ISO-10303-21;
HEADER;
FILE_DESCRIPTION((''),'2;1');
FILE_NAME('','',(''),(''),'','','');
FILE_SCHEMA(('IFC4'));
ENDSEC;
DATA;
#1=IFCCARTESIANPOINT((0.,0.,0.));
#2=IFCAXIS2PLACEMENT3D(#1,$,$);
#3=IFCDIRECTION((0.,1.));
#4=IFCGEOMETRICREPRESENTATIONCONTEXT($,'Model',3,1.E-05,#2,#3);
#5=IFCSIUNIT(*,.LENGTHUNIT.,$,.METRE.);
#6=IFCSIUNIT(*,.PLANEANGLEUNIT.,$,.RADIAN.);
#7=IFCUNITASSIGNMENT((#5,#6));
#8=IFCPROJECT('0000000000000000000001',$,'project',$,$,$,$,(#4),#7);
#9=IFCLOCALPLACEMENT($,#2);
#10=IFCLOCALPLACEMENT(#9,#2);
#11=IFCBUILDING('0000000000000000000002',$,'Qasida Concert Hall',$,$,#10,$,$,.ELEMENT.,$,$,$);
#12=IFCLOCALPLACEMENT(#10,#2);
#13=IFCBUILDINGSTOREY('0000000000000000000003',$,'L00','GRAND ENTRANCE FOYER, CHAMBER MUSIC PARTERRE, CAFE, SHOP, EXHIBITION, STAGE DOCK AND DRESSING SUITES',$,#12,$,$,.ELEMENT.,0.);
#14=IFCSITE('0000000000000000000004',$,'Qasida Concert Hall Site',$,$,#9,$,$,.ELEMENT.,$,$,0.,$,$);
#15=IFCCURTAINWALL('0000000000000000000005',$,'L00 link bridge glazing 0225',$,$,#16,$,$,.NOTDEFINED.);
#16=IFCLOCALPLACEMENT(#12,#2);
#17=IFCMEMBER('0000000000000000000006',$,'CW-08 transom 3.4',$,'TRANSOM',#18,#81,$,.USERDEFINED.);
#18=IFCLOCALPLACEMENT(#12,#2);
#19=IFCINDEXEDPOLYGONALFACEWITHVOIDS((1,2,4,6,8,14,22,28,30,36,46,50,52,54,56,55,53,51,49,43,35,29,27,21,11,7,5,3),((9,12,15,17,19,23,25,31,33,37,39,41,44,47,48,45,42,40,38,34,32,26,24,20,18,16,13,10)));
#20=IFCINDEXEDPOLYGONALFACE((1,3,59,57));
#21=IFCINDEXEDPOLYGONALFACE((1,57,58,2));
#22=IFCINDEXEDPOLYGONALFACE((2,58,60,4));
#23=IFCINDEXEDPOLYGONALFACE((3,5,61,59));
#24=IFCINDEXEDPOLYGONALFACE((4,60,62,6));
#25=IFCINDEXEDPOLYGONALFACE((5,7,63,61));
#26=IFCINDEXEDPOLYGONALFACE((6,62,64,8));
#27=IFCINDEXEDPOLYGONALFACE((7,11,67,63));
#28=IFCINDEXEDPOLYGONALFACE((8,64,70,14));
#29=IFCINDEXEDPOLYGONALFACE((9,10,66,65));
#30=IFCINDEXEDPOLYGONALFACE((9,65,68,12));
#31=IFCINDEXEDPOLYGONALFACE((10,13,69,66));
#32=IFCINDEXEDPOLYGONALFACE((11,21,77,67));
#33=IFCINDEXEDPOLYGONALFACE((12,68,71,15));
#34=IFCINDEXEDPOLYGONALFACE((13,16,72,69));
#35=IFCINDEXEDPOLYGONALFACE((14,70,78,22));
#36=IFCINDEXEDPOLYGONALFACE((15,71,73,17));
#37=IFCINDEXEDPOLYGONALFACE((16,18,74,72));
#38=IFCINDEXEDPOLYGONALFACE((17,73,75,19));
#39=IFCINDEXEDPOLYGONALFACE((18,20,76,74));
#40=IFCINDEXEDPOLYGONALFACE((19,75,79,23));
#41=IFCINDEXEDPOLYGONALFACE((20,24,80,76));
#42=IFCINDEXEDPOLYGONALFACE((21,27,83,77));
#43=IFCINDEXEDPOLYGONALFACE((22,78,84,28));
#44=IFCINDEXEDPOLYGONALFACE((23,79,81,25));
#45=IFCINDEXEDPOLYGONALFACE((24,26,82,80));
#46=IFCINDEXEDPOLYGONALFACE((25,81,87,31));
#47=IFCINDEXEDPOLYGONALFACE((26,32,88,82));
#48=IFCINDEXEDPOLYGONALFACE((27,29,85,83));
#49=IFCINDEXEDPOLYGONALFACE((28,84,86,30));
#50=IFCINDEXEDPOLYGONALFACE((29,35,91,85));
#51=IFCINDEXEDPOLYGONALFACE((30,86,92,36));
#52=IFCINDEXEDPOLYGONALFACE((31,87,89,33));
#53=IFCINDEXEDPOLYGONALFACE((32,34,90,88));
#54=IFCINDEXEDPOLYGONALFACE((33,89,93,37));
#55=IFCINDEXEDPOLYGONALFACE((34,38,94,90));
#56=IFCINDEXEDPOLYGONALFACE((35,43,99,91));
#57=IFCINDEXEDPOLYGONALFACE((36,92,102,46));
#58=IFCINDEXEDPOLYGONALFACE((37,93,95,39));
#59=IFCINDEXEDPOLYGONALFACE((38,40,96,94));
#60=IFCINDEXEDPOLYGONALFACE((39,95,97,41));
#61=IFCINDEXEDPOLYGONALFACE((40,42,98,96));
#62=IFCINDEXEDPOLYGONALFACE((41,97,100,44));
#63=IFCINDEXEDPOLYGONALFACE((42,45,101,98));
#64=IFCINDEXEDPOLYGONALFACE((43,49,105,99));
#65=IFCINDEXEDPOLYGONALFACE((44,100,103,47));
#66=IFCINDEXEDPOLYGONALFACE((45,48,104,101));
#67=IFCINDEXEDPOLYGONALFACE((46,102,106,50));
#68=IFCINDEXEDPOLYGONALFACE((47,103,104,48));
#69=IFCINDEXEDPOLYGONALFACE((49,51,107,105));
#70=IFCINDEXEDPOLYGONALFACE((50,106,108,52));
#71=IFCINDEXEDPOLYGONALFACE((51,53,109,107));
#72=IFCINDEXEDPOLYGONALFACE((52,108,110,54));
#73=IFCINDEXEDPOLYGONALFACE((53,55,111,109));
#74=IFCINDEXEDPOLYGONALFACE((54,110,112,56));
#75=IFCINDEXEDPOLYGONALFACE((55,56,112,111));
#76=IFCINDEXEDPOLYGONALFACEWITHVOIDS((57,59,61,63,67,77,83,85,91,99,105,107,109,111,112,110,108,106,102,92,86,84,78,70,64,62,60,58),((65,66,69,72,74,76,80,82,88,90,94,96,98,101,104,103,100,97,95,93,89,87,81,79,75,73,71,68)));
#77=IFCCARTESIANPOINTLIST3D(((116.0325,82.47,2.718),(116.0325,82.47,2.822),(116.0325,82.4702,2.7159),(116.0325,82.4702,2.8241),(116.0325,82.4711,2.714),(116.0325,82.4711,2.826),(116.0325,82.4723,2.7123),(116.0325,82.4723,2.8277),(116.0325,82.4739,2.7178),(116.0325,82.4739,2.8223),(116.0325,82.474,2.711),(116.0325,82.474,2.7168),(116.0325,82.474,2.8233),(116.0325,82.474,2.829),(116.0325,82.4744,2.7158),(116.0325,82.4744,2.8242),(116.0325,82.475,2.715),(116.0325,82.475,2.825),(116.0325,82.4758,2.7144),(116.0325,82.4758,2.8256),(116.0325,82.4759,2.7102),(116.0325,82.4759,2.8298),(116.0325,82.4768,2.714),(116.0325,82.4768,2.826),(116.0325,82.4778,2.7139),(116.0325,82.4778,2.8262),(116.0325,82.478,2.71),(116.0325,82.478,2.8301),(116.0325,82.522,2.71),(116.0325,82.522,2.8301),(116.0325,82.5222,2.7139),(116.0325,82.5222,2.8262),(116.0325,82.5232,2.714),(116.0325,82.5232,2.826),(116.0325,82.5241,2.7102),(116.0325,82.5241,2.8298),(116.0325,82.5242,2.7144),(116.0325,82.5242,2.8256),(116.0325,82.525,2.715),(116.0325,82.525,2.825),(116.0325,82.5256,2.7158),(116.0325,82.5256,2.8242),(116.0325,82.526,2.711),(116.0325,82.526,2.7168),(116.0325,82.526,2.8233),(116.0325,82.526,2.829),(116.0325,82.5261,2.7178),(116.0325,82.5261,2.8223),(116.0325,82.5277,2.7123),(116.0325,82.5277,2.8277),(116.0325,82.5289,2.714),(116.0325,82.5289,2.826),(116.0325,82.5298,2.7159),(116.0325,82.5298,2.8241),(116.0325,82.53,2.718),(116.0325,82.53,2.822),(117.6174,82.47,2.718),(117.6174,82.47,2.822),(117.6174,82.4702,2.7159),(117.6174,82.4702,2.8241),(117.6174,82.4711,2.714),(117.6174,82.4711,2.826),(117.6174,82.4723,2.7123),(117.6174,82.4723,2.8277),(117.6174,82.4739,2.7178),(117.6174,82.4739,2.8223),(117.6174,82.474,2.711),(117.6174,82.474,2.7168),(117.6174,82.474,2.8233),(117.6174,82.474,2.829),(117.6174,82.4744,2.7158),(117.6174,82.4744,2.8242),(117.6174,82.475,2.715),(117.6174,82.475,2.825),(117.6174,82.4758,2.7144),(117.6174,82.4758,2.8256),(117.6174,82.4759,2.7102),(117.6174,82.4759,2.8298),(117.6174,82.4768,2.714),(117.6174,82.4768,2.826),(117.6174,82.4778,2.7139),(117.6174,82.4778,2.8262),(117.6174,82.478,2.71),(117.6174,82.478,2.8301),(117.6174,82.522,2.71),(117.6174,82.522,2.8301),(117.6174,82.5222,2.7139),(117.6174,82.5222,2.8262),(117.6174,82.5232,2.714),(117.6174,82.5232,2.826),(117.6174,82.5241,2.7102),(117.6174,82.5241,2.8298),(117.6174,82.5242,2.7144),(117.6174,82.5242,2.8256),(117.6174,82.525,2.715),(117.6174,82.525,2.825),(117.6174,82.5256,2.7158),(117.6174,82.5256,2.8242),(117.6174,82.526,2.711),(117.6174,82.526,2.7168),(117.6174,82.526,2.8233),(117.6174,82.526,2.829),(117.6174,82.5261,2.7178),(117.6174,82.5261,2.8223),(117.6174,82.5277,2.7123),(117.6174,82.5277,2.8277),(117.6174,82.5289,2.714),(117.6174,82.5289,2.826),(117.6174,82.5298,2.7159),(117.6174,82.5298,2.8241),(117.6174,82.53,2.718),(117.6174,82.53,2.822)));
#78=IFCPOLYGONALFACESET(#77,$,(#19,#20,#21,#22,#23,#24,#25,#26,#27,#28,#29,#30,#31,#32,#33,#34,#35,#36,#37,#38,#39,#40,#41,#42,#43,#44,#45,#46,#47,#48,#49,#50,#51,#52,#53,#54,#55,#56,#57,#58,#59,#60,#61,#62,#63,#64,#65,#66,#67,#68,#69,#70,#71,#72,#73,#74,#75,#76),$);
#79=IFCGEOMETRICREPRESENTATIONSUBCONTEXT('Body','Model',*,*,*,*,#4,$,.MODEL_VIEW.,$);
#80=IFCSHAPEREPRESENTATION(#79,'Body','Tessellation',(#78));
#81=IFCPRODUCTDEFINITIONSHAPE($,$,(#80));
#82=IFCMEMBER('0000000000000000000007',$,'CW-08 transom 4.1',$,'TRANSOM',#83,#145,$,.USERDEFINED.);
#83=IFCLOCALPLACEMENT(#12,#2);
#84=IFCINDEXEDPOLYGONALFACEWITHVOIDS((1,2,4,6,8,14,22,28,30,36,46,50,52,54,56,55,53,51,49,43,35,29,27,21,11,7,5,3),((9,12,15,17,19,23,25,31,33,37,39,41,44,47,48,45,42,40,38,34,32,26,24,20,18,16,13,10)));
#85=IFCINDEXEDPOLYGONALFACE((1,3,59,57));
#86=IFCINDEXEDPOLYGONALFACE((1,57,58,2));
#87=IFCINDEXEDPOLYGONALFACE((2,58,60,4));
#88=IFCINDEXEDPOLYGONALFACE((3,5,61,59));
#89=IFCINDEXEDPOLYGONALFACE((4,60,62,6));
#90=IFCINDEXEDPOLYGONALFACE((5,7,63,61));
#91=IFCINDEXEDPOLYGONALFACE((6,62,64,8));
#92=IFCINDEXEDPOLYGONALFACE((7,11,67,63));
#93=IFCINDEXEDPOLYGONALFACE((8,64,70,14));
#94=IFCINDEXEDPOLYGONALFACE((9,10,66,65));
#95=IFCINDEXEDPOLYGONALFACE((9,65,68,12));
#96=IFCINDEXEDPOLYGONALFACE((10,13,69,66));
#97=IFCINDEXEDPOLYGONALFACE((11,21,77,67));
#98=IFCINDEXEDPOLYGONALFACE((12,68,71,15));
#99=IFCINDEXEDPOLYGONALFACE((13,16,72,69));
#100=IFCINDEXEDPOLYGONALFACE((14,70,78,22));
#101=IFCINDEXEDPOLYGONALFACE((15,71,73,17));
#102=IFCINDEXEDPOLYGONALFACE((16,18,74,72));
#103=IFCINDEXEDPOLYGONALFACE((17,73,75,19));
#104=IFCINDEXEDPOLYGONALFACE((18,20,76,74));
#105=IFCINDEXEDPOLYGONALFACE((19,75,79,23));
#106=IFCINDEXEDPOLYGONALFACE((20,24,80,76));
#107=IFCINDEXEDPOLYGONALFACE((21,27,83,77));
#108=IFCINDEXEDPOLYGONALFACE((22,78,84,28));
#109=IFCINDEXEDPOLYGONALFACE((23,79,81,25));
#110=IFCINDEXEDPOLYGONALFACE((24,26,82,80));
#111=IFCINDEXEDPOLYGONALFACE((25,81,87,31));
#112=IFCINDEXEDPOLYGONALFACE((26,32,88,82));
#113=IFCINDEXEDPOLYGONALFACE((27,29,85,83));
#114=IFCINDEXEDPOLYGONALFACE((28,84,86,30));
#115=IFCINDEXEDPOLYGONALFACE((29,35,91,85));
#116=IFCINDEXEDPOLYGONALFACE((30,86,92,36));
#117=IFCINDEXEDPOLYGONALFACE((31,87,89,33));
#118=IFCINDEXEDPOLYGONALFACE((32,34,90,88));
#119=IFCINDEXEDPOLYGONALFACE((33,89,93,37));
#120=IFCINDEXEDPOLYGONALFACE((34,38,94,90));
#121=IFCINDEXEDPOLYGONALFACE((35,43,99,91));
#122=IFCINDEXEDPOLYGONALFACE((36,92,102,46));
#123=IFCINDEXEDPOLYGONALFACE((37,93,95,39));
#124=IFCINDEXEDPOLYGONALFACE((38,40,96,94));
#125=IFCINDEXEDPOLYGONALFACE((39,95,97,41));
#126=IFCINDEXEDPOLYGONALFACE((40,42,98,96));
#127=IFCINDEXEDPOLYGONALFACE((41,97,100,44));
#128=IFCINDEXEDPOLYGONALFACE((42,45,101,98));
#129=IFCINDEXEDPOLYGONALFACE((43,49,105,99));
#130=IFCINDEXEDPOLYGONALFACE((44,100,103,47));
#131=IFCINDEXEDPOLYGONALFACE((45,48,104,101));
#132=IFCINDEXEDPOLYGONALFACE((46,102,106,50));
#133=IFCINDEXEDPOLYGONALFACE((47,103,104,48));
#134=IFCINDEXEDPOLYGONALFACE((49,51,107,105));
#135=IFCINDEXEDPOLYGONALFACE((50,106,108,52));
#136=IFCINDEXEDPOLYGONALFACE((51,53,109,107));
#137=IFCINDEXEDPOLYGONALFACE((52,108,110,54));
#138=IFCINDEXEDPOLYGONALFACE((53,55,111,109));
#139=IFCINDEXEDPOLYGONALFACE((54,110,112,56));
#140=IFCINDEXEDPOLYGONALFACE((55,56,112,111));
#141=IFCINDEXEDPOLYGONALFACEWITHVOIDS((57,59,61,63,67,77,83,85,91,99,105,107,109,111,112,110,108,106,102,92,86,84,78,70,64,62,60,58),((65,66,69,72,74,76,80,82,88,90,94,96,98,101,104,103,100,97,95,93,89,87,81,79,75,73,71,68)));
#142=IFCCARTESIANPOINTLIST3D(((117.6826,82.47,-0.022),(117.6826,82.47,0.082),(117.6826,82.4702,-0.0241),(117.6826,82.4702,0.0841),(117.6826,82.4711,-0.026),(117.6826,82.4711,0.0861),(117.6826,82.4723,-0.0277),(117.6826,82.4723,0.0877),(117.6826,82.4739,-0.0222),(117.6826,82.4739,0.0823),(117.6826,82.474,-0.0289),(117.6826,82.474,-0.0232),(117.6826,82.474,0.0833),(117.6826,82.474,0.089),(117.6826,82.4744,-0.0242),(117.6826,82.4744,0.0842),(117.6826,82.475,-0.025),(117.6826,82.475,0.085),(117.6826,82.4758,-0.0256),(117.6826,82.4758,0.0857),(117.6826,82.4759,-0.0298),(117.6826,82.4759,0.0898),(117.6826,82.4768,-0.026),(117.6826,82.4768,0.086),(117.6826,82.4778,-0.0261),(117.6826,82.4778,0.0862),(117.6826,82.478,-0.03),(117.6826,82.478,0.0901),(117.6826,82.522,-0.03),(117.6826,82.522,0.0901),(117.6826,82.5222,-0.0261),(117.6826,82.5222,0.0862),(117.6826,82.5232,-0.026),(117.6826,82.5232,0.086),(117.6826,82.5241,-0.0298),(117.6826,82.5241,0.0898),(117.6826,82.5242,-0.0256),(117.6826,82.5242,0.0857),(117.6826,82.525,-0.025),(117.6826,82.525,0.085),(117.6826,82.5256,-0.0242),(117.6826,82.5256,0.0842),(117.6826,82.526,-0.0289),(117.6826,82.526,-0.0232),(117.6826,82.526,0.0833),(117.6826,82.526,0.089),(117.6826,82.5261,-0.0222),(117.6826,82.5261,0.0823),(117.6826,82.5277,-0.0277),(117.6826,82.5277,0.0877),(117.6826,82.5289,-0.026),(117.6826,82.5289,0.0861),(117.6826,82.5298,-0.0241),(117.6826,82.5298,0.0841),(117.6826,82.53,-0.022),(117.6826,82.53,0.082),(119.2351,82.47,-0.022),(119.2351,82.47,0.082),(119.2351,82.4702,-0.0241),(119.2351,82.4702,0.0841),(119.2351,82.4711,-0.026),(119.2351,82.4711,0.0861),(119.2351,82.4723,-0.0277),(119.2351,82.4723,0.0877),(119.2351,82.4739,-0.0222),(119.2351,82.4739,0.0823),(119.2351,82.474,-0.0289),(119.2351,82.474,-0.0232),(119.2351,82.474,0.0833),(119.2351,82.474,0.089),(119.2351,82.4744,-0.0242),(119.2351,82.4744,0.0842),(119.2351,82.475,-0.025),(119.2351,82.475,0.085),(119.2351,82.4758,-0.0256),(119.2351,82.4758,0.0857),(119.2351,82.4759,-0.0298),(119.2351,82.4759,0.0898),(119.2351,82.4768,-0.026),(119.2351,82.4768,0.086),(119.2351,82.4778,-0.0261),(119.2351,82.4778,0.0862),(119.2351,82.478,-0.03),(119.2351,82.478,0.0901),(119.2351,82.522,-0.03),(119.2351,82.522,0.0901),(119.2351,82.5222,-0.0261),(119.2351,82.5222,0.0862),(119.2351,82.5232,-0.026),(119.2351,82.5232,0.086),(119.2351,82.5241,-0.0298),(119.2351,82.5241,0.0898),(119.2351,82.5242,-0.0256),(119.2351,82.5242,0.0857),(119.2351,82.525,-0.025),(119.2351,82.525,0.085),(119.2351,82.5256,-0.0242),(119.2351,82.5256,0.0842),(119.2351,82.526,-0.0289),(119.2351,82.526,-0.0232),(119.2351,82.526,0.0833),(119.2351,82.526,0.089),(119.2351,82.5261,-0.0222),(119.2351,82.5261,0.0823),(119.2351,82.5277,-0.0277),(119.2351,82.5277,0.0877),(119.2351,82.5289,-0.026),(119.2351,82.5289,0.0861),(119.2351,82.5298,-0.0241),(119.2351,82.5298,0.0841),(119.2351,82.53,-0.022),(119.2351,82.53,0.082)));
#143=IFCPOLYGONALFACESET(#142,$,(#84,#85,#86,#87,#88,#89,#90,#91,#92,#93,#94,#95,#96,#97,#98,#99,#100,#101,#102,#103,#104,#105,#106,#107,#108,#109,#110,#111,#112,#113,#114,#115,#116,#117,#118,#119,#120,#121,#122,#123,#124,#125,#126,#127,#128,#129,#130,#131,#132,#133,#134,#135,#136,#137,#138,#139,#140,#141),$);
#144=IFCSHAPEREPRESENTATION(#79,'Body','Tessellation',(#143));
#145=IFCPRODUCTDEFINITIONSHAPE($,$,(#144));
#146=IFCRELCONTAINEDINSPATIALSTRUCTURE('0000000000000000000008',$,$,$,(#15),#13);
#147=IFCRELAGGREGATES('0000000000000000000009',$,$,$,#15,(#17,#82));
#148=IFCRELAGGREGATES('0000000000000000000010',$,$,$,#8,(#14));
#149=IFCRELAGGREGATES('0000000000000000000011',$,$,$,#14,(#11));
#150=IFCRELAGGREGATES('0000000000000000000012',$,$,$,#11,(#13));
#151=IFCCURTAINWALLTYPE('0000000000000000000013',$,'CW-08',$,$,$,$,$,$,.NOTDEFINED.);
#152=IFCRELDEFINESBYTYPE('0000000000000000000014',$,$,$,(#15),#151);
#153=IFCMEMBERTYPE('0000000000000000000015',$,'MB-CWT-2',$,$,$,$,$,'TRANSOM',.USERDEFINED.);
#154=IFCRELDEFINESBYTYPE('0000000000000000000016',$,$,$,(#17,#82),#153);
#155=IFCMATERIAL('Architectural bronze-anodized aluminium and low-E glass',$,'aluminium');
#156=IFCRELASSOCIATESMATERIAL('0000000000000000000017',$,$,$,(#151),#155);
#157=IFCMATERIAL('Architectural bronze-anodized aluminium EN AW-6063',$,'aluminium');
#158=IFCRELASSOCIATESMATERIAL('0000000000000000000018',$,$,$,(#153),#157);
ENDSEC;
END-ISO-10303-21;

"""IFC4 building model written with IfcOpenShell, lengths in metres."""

from ifc_helpers import new_model, si_unit, direction, frame, origin, origin_2d, place, context, subcontext, project, spatial, hollow_rectangle, extrude, material, material_profile, profile_set, type_object, element, aggregate, save


model = new_model("IFC4")

# Units and contexts
model_context = context("Model", 3, precision=1e-05, world=origin(), true_north=direction((0.0, 1.0)))
body_context = subcontext(model_context, "Body", "Model", "MODEL_VIEW")
ifc_project = project(units=[si_unit("LENGTHUNIT", "METRE"), si_unit("PLANEANGLEUNIT", "RADIAN")], contexts=[model_context])

# Site, building, storey
site_placement = place(None, origin())
site = spatial("IfcSite", under=ifc_project, at=site_placement, Name="Qasida Concert Hall Site", CompositionType="ELEMENT", RefElevation=0.0)
building_placement = place(site_placement, origin())
building = spatial("IfcBuilding", under=site, at=building_placement, Name="Qasida Concert Hall", CompositionType="ELEMENT")
storey_placement = place(building_placement, origin())
storey = spatial("IfcBuildingStorey", under=building, at=storey_placement, Name="L00", Description="GRAND ENTRANCE FOYER, CHAMBER MUSIC PARTERRE, CAFE, SHOP, EXHIBITION, STAGE DOCK AND DRESSING SUITES", CompositionType="ELEMENT", Elevation=0.0)

# Curtain wall, members
ifc_material_1 = material(Name="Architectural bronze-anodized aluminium and low-E glass", Category="aluminium")
curtain_wall_type = type_object("IfcCurtainWallType", Name="CW-08", PredefinedType="NOTDEFINED", material=ifc_material_1)
curtain_wall_placement = place(storey_placement, origin())
curtain_wall = element("IfcCurtainWall", 1, at=curtain_wall_placement, inside=storey, type_object=curtain_wall_type, Name="L00 link bridge glazing 0225", PredefinedType="NOTDEFINED")
ifc_material_2 = material(Name="Architectural bronze-anodized aluminium EN AW-6063", Category="aluminium")
ifc_material_profile_1 = material_profile(ifc_material_2, hollow_rectangle(XDim=0.0601, YDim=0.1201, WallThickness=0.0039, InnerFilletRadius=0.0039, OuterFilletRadius=0.0081, at=origin_2d()), Name="CWT 120x60x4")
ifc_profile_set_1 = profile_set([ifc_material_profile_1], Name="Architectural bronze-anodized aluminium EN AW-6063")
member_type_1 = type_object("IfcMemberType", Name="MB-CWT-2", ElementType="TRANSOM", PredefinedType="USERDEFINED", material=ifc_profile_set_1)
member_1_placement = place(storey_placement, frame((116.0325, 82.5, 2.77), z_axis=(1.0, 0.0, 0.0), x_axis=(0.0, 1.0, 0.0)))
member_1 = element("IfcMember", 2, at=member_1_placement, type_object=member_type_1, Name="CW-08 transom 3.4", ObjectType="TRANSOM", PredefinedType="USERDEFINED", context=body_context, shape_type="SweptSolid", body=[
    extrude(hollow_rectangle(XDim=0.0601, YDim=0.1201, WallThickness=0.0039, InnerFilletRadius=0.0039, OuterFilletRadius=0.0081, at=origin_2d()), origin(), (0.0, 0.0, 1.0), 1.585),
])
member_2_placement = place(storey_placement, frame((117.6826, 82.5, 0.03), z_axis=(1.0, 0.0, 0.0), x_axis=(0.0, 1.0, 0.0)))
member_2 = element("IfcMember", 3, at=member_2_placement, type_object=member_type_1, Name="CW-08 transom 4.1", ObjectType="TRANSOM", PredefinedType="USERDEFINED", context=body_context, shape_type="SweptSolid", body=[
    extrude(hollow_rectangle(XDim=0.0601, YDim=0.1201, WallThickness=0.0039, InnerFilletRadius=0.0039, OuterFilletRadius=0.0081, at=origin_2d()), origin(), (0.0, 0.0, 1.0), 1.5525),
])
aggregate(curtain_wall, [member_1, member_2])

save(model, "model.ifc")
